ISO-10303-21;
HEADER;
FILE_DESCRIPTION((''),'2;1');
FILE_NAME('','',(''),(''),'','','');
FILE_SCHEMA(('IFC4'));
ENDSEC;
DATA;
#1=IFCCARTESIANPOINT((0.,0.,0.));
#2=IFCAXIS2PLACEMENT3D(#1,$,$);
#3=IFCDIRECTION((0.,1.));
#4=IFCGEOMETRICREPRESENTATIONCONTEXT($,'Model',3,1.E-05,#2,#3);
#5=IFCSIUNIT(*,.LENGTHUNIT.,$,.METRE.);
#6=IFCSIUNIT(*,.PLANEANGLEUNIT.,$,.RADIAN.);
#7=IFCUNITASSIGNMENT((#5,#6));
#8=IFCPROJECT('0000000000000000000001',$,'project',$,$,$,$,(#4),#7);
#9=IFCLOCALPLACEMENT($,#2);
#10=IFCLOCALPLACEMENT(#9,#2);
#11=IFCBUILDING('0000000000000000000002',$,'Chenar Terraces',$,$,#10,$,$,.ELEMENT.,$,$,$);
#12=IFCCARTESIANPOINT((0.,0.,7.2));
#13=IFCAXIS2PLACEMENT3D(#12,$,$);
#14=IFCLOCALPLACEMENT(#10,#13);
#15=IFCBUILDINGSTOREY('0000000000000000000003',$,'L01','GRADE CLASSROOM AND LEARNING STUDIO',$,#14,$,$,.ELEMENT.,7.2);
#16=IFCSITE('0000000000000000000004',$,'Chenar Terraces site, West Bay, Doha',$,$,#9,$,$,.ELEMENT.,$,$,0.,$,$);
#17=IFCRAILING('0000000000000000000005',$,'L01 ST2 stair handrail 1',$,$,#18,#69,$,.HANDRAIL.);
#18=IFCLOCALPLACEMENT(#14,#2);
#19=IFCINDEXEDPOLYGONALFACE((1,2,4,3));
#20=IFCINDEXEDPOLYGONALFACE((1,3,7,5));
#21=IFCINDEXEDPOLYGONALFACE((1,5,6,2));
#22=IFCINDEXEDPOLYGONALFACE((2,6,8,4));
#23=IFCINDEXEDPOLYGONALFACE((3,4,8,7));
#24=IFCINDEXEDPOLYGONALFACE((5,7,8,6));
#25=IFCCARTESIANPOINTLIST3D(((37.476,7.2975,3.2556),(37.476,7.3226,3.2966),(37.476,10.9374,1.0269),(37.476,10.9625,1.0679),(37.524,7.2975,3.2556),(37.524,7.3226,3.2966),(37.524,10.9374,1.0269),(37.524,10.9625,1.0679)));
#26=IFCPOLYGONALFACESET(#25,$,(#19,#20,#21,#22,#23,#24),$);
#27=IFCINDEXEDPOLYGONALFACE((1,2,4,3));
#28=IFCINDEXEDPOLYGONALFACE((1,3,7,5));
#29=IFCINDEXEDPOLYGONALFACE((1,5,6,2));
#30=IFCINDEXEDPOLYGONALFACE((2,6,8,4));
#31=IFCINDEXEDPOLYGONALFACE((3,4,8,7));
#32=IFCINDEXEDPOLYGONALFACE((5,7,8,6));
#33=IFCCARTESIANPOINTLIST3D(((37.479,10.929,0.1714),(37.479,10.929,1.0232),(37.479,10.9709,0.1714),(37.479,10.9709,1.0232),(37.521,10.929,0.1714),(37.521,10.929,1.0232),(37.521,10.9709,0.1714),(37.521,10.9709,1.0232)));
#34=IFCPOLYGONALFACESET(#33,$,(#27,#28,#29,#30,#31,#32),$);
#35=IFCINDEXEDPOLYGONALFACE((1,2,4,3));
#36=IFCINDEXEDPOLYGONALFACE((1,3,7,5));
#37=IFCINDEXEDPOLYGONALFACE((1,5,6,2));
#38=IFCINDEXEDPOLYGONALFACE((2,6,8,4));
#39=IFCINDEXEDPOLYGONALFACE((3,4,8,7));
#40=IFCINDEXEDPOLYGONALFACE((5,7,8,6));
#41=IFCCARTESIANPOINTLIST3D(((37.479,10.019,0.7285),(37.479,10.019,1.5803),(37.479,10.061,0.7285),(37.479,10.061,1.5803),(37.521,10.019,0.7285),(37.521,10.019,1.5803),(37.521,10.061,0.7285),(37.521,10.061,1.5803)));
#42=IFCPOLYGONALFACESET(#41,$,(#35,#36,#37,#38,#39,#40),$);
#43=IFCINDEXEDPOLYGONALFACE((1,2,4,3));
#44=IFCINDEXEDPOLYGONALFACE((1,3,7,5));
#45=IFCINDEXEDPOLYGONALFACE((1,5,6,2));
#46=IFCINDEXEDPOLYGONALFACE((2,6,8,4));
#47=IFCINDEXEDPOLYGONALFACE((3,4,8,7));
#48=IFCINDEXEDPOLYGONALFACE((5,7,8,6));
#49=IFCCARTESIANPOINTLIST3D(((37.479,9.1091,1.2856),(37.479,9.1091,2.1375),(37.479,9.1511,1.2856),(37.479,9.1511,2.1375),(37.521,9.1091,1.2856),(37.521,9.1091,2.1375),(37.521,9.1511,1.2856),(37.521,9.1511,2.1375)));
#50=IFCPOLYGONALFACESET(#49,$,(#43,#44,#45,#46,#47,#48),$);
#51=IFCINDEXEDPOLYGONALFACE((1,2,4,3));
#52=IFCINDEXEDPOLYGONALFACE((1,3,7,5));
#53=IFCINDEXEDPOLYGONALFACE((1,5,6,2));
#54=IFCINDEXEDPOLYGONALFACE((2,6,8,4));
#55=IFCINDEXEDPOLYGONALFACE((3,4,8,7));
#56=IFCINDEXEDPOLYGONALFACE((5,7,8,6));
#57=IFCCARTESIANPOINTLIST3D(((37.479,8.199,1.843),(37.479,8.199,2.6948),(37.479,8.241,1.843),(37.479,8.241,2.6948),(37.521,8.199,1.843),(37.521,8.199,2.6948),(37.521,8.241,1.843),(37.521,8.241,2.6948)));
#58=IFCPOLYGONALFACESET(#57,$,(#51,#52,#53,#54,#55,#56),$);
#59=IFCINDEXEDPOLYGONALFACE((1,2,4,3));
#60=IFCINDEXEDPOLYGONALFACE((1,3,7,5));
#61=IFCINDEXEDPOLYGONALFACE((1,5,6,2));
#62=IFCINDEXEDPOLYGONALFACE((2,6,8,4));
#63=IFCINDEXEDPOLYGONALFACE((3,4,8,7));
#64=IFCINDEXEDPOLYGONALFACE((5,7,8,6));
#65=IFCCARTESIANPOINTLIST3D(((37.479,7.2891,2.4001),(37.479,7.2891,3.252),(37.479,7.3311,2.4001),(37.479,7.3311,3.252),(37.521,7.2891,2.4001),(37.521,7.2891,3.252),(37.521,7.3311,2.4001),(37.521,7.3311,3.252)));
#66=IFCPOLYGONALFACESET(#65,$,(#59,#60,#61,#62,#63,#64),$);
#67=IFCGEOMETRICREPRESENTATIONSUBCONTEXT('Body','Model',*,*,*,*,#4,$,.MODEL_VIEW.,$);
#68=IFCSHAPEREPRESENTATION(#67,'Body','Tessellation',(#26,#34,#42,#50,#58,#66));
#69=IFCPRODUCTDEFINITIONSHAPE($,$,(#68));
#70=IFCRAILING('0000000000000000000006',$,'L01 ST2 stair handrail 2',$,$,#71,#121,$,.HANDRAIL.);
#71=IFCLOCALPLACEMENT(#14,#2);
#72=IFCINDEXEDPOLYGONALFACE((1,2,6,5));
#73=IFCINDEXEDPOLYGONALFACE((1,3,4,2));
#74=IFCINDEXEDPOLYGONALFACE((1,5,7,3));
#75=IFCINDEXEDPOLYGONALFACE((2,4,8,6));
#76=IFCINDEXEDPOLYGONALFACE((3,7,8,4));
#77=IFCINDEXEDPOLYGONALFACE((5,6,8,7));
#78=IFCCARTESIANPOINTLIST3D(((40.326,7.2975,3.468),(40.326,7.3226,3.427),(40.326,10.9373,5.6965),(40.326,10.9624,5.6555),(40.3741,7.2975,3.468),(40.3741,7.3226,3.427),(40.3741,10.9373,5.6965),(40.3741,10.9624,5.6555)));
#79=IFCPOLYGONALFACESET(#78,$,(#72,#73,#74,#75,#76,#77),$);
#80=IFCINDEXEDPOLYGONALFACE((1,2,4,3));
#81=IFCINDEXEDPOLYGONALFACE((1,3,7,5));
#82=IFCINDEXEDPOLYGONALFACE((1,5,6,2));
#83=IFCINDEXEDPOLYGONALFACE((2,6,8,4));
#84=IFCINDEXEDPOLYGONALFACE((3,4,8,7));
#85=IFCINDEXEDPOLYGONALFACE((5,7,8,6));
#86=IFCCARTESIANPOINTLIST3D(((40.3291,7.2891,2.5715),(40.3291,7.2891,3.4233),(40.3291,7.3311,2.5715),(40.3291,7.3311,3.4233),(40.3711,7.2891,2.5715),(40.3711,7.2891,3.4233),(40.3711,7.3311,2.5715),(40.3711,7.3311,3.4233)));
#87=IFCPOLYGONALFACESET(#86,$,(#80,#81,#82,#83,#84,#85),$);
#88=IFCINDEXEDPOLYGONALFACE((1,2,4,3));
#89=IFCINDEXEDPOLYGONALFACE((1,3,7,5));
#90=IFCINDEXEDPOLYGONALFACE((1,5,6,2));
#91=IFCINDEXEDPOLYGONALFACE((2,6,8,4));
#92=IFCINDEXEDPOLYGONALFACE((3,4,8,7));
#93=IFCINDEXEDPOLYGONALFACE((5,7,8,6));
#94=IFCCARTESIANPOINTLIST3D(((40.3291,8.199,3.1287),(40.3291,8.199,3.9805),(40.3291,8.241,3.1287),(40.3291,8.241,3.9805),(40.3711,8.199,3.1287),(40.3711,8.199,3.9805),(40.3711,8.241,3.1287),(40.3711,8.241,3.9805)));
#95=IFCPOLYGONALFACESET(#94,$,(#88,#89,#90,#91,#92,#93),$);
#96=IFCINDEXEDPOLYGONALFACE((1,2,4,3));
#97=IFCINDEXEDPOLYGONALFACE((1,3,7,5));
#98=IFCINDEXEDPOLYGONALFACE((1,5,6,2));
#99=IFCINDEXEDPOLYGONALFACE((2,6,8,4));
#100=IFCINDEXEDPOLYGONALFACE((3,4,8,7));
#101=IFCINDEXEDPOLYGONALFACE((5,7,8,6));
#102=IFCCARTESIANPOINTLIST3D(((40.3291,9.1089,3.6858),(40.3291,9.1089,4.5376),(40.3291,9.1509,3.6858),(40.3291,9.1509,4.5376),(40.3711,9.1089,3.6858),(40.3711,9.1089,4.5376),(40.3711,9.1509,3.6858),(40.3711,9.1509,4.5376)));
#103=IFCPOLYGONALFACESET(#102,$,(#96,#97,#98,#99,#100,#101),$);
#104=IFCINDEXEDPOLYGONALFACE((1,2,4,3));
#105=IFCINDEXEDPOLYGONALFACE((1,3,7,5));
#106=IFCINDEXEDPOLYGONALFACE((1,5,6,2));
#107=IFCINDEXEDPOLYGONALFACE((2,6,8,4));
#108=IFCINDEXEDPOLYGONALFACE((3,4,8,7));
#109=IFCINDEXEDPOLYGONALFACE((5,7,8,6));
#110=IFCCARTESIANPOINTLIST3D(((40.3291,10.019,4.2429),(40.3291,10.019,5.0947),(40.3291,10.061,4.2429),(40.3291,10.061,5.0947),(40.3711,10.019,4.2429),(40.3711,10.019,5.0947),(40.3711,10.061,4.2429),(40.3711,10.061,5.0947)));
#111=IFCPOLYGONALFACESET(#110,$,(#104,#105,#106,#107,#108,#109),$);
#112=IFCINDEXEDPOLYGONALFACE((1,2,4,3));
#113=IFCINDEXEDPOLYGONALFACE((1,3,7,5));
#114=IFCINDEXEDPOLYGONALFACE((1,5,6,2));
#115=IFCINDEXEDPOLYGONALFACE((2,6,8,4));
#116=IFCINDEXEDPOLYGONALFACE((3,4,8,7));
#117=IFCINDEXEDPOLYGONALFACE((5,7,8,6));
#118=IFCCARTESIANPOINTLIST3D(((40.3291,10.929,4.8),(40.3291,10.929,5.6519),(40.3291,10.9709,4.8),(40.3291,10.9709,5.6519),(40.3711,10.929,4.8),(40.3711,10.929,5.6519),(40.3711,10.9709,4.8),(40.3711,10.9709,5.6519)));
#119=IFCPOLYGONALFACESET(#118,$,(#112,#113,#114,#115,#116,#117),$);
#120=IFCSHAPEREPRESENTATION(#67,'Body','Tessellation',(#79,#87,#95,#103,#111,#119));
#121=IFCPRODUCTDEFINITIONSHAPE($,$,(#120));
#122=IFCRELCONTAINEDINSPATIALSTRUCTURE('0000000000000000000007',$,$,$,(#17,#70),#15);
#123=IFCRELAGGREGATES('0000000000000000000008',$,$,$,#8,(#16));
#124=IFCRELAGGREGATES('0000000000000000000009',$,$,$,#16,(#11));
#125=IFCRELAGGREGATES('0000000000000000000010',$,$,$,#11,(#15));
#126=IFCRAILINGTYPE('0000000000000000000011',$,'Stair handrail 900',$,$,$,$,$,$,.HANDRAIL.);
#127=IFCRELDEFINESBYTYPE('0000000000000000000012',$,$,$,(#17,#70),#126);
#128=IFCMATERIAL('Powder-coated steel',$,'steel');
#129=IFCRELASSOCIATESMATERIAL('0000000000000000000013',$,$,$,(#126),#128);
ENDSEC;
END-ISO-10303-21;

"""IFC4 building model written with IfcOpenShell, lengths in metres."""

from ifc_helpers import new_model, si_unit, direction, frame, origin, origin_2d, place, context, subcontext, project, spatial, rectangle, extrude, material, type_object, element, save


model = new_model("IFC4")

# Units and contexts
model_context = context("Model", 3, precision=1e-05, world=origin(), true_north=direction((0.0, 1.0)))
body_context = subcontext(model_context, "Body", "Model", "MODEL_VIEW")
ifc_project = project(units=[si_unit("LENGTHUNIT", "METRE"), si_unit("PLANEANGLEUNIT", "RADIAN")], contexts=[model_context])

# Site, building, storey
site_placement = place(None, origin())
site = spatial("IfcSite", under=ifc_project, at=site_placement, Name="Chenar Terraces site, West Bay, Doha", CompositionType="ELEMENT", RefElevation=0.0)
building_placement = place(site_placement, origin())
building = spatial("IfcBuilding", under=site, at=building_placement, Name="Chenar Terraces", CompositionType="ELEMENT")
storey_placement = place(building_placement, frame((0.0, 0.0, 7.2)))
storey = spatial("IfcBuildingStorey", under=building, at=storey_placement, Name="L01", Description="GRADE CLASSROOM AND LEARNING STUDIO", CompositionType="ELEMENT", Elevation=7.2)

# Railings
ifc_material_1 = material(Name="Powder-coated steel", Category="steel")
railing_type_1 = type_object("IfcRailingType", Name="Stair handrail 900", PredefinedType="HANDRAIL", material=ifc_material_1)
railing_1_placement = place(storey_placement, frame((37.5, 10.95, 0.1714)))
element("IfcRailing", 1, at=railing_1_placement, inside=storey, type_object=railing_type_1, Name="L01 ST2 stair handrail 1", PredefinedType="HANDRAIL", context=body_context, shape_type="SweptSolid", body=[
    extrude(rectangle(XDim=0.0481, YDim=0.0481, at=origin_2d()), frame((0.0, 0.0, 0.876), z_axis=(0.0, -0.852825, 0.522197), x_axis=(1.0, 0.0, 0.0)), (0.0, 0.0, 1.0), 4.2681),
    extrude(rectangle(XDim=0.042, YDim=0.042, at=origin_2d()), origin(), (0.0, 0.0, 1.0), 0.8518),
    extrude(rectangle(XDim=0.042, YDim=0.042, at=origin_2d()), frame((0.0, -0.9099, 0.5571)), (0.0, 0.0, 1.0), 0.8518),
    extrude(rectangle(XDim=0.042, YDim=0.042, at=origin_2d()), frame((0.0, -1.8198, 1.1143)), (0.0, 0.0, 1.0), 0.8518),
    extrude(rectangle(XDim=0.042, YDim=0.042, at=origin_2d()), frame((0.0, -2.73, 1.6716)), (0.0, 0.0, 1.0), 0.8518),
    extrude(rectangle(XDim=0.042, YDim=0.042, at=origin_2d()), frame((0.0, -3.6399, 2.2288)), (0.0, 0.0, 1.0), 0.8518),
])
railing_2_placement = place(storey_placement, frame((40.3501, 7.3101, 2.5715)))
element("IfcRailing", 2, at=railing_2_placement, inside=storey, type_object=railing_type_1, Name="L01 ST2 stair handrail 2", PredefinedType="HANDRAIL", context=body_context, shape_type="SweptSolid", body=[
    extrude(rectangle(XDim=0.0481, YDim=0.0481, at=origin_2d()), frame((0.0, 0.0, 0.876), z_axis=(0.0, 0.85285, 0.522156), x_axis=(-1.0, 0.0, 0.0)), (0.0, 0.0, 1.0), 4.2678),
    extrude(rectangle(XDim=0.042, YDim=0.042, at=origin_2d()), origin(), (0.0, 0.0, 1.0), 0.8518),
    extrude(rectangle(XDim=0.042, YDim=0.042, at=origin_2d()), frame((0.0, 0.9099, 0.5571)), (0.0, 0.0, 1.0), 0.8518),
    extrude(rectangle(XDim=0.042, YDim=0.042, at=origin_2d()), frame((0.0, 1.8198, 1.1143)), (0.0, 0.0, 1.0), 0.8518),
    extrude(rectangle(XDim=0.042, YDim=0.042, at=origin_2d()), frame((0.0, 2.73, 1.6714)), (0.0, 0.0, 1.0), 0.8518),
    extrude(rectangle(XDim=0.042, YDim=0.042, at=origin_2d()), frame((0.0, 3.6399, 2.2285)), (0.0, 0.0, 1.0), 0.8518),
])

save(model, "model.ifc")
